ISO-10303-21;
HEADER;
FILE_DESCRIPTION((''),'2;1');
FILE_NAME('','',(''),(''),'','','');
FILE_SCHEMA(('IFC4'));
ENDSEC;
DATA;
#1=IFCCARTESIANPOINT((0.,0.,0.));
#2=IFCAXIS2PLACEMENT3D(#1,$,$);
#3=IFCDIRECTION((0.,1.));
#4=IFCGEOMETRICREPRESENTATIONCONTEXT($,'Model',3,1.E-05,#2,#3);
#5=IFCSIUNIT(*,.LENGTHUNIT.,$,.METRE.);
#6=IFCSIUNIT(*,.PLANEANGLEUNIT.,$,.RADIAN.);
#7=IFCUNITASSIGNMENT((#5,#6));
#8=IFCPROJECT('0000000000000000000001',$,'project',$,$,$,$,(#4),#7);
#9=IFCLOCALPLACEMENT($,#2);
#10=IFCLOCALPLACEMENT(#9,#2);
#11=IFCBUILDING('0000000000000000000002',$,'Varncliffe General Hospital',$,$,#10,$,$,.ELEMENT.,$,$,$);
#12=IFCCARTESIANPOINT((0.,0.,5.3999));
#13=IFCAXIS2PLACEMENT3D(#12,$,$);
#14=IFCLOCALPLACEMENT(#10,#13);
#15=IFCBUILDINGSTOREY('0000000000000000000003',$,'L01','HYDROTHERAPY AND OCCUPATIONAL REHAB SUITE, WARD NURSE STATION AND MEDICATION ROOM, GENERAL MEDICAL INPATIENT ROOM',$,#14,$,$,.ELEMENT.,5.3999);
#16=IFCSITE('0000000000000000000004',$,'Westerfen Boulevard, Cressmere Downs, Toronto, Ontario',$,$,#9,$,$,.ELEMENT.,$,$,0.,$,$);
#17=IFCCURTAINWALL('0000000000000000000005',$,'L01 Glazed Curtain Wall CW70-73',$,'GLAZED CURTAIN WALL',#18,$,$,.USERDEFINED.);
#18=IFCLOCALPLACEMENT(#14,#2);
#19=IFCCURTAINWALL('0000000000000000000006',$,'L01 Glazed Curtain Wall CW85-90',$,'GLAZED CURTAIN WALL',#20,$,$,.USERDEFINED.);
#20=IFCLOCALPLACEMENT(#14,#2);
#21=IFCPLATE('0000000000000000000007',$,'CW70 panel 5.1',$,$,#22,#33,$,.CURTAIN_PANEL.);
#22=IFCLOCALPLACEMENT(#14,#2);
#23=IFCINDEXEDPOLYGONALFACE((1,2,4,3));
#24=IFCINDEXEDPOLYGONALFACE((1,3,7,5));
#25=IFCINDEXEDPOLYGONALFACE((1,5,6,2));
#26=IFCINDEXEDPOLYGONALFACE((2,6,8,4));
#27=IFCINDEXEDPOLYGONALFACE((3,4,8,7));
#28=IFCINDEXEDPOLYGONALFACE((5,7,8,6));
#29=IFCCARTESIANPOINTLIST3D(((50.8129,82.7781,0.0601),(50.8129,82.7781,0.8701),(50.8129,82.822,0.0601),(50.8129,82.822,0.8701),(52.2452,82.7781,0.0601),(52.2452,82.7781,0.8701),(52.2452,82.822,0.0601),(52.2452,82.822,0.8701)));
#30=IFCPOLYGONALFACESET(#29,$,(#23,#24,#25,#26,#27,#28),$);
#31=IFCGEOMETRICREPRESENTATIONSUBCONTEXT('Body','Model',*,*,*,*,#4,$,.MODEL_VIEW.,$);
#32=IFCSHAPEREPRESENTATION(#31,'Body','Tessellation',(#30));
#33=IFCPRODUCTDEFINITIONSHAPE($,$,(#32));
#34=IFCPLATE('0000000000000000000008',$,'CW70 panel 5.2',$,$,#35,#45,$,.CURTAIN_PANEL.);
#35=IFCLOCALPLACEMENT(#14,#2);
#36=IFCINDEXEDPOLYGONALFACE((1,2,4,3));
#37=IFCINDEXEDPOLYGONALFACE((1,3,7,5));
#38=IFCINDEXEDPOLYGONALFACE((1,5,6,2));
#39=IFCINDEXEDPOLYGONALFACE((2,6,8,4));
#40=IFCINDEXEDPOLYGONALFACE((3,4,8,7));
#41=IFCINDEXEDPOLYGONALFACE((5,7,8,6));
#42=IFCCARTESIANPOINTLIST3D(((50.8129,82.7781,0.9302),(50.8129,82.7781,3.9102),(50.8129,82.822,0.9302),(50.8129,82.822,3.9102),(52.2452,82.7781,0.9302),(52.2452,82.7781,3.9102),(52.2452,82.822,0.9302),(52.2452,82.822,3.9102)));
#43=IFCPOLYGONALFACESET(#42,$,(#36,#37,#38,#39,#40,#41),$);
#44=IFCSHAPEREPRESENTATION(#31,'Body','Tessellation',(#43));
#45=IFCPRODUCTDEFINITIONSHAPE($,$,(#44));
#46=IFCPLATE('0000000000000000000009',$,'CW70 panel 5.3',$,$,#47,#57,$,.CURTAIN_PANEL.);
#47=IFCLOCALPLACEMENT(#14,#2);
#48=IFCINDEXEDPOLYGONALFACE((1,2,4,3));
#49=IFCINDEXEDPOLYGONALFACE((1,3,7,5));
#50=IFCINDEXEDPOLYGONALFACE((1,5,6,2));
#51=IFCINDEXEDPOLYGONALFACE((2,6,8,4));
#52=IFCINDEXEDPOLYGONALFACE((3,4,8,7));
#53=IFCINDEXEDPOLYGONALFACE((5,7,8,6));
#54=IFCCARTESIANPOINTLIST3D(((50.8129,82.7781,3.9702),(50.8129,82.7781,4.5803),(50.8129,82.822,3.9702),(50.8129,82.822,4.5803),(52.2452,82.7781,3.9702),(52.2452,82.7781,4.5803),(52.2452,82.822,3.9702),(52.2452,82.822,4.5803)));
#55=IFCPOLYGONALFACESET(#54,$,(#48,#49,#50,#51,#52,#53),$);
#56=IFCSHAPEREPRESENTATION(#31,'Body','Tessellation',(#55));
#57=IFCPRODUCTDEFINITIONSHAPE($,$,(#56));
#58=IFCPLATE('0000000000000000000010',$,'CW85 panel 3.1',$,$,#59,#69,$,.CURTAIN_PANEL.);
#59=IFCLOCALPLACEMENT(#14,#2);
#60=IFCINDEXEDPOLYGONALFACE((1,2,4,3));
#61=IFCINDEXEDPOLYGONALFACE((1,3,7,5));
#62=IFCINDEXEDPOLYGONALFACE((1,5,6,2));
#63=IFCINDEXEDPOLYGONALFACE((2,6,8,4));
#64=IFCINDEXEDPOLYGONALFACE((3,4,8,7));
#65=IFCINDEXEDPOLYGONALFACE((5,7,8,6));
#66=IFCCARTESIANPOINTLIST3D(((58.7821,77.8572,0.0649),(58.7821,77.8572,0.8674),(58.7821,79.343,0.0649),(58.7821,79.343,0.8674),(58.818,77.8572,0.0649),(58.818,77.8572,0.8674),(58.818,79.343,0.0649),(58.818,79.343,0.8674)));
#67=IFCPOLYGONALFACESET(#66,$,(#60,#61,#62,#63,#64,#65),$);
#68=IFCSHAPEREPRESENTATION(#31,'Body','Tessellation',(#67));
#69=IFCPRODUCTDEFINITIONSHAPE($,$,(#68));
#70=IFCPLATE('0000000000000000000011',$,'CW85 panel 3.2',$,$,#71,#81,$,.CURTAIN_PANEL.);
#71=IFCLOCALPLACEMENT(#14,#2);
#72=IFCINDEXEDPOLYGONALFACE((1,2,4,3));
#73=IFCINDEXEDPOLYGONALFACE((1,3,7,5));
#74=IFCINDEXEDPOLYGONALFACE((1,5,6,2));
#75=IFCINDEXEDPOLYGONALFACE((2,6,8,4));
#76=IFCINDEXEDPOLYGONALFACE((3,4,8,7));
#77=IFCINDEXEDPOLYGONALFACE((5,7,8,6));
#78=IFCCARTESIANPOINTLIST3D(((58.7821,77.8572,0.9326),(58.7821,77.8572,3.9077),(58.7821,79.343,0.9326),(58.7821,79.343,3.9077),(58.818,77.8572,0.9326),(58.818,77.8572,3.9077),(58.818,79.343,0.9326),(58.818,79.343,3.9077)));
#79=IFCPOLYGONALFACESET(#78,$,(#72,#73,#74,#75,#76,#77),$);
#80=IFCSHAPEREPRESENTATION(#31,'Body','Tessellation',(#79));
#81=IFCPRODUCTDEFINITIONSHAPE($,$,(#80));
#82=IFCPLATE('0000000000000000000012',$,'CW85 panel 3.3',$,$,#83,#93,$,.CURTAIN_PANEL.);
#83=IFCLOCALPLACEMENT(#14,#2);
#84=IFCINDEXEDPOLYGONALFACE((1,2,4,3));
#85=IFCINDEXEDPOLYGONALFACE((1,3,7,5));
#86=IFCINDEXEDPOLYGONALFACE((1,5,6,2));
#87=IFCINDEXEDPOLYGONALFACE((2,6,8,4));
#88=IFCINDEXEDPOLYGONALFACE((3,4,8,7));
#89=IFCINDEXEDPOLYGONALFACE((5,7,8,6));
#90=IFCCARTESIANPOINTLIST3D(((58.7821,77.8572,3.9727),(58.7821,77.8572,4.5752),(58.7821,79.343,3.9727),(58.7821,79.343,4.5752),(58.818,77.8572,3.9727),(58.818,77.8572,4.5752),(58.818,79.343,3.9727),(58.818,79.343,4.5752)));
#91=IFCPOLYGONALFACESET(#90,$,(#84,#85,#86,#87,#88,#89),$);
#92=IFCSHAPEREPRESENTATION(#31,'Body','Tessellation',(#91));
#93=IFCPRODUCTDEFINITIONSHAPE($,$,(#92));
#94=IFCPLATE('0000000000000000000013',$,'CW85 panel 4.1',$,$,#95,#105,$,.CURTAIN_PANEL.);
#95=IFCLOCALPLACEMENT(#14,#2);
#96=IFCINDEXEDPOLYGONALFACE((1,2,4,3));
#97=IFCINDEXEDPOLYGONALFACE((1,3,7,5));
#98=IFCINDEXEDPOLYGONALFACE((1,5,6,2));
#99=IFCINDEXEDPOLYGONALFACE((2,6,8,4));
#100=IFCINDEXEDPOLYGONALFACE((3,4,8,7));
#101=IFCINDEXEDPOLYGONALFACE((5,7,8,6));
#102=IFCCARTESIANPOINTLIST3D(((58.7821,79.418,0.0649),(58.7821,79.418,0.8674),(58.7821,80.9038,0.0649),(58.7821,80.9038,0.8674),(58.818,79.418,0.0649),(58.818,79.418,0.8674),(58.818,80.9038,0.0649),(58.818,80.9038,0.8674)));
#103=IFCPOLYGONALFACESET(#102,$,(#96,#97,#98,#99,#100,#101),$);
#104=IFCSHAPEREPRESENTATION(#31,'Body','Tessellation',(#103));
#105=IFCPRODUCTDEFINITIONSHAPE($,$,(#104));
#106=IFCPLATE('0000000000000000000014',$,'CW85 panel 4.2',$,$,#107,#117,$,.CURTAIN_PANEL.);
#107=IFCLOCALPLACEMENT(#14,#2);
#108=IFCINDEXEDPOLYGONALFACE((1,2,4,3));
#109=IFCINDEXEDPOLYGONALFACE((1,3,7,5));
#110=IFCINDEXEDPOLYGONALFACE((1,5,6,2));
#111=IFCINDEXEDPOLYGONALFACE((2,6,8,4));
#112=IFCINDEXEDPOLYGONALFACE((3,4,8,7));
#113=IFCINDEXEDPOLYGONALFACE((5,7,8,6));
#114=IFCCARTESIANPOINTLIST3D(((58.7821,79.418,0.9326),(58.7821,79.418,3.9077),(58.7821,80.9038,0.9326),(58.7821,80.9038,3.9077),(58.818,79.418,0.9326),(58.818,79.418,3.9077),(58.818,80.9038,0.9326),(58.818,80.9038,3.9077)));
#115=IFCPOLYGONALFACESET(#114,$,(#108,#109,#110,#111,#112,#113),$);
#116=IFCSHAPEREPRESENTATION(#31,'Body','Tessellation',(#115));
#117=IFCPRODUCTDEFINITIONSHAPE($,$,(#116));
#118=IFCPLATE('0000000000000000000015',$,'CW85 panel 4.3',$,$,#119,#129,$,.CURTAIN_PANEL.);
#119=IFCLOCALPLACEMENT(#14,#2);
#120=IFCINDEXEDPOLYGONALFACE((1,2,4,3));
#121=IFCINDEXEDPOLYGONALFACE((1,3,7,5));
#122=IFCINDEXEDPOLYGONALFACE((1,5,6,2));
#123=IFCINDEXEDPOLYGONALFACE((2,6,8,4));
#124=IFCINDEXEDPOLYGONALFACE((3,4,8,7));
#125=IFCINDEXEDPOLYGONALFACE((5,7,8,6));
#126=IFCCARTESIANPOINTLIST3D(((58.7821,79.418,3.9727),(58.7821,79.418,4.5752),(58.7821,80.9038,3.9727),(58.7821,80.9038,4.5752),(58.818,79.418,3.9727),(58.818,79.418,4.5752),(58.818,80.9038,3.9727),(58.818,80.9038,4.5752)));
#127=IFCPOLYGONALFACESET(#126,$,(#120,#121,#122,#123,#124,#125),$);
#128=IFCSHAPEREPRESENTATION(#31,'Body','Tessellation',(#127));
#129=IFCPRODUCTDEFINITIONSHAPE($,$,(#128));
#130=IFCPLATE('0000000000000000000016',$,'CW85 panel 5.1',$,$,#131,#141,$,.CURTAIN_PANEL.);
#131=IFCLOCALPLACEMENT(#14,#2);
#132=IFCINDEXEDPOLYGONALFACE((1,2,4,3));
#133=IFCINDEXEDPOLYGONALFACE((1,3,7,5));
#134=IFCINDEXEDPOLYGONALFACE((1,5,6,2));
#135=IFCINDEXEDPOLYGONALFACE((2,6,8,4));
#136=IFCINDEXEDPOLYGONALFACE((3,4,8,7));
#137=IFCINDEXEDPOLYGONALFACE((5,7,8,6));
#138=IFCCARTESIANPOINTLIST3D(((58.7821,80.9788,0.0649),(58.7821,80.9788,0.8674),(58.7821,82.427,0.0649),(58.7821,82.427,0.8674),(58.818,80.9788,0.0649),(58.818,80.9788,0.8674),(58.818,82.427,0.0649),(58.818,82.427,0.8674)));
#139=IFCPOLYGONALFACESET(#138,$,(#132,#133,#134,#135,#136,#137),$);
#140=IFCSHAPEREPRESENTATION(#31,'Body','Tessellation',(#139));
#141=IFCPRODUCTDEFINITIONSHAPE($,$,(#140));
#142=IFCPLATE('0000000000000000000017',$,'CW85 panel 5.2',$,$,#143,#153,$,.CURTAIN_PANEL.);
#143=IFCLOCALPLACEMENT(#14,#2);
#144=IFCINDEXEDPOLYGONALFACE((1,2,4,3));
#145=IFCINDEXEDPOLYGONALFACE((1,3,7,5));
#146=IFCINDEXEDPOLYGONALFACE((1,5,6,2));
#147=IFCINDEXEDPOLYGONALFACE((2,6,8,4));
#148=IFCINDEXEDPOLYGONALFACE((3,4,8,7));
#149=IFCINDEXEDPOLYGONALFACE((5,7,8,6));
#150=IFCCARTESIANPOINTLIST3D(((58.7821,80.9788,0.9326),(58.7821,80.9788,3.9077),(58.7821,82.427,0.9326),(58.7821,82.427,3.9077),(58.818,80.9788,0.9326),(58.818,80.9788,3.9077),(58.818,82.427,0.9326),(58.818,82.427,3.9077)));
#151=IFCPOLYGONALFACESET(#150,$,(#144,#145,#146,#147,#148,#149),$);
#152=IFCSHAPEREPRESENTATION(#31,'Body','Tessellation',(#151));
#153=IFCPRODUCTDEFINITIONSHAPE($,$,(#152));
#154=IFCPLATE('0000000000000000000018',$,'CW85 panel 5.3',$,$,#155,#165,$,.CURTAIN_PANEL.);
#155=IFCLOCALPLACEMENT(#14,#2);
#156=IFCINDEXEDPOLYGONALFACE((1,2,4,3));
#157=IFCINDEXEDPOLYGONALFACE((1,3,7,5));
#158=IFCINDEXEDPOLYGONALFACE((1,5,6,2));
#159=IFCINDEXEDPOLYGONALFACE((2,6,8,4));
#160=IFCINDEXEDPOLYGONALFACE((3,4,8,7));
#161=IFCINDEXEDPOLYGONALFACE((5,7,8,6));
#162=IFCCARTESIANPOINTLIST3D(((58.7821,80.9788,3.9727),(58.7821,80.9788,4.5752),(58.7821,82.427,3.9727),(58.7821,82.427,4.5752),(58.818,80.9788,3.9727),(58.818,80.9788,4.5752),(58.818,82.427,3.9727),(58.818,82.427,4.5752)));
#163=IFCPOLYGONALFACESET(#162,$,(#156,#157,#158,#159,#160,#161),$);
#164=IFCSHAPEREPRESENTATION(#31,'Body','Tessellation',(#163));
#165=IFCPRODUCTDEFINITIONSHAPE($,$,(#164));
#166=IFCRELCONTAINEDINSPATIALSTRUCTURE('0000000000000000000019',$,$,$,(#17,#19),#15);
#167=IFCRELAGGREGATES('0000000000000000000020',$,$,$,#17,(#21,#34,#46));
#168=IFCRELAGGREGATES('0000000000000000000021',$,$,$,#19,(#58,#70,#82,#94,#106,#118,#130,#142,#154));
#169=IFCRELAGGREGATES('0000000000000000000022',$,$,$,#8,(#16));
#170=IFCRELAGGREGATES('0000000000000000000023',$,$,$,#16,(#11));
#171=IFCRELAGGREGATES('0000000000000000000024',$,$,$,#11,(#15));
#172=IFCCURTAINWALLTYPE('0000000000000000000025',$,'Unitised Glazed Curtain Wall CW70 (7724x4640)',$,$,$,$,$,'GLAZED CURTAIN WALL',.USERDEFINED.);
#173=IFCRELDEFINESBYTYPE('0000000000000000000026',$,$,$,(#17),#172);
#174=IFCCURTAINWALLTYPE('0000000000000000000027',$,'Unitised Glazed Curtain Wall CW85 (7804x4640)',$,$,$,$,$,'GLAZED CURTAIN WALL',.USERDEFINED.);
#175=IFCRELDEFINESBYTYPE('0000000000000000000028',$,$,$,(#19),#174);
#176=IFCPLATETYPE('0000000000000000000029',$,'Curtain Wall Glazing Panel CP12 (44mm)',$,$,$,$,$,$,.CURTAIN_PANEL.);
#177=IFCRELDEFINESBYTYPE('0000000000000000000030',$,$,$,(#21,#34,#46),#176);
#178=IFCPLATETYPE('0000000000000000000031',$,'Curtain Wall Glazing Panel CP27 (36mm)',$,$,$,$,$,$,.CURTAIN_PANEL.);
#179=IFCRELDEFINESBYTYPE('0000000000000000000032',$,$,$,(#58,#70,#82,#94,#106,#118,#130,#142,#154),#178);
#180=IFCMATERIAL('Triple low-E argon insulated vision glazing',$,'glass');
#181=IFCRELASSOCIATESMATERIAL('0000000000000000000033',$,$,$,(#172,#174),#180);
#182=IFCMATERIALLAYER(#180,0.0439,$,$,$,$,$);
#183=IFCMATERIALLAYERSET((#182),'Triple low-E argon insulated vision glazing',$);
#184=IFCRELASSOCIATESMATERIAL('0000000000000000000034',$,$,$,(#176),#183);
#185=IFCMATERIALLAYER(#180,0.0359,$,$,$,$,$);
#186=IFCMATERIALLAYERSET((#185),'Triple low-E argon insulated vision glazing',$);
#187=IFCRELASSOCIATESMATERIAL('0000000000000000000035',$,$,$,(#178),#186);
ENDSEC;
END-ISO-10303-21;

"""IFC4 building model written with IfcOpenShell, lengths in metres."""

from ifc_helpers import new_model, si_unit, direction, frame, origin, origin_2d, place, context, subcontext, project, spatial, rectangle, extrude, material, layer, layer_set, type_object, element, aggregate, save


model = new_model("IFC4")

# Units and contexts
model_context = context("Model", 3, precision=1e-05, world=origin(), true_north=direction((0.0, 1.0)))
body_context = subcontext(model_context, "Body", "Model", "MODEL_VIEW")
ifc_project = project(units=[si_unit("LENGTHUNIT", "METRE"), si_unit("PLANEANGLEUNIT", "RADIAN")], contexts=[model_context])

# Site, building, storey
site_placement = place(None, origin())
site = spatial("IfcSite", under=ifc_project, at=site_placement, Name="Westerfen Boulevard, Cressmere Downs, Toronto, Ontario", CompositionType="ELEMENT", RefElevation=0.0)
building_placement = place(site_placement, origin())
building = spatial("IfcBuilding", under=site, at=building_placement, Name="Varncliffe General Hospital", CompositionType="ELEMENT")
storey_placement = place(building_placement, frame((0.0, 0.0, 5.3999)))
storey = spatial("IfcBuildingStorey", under=building, at=storey_placement, Name="L01", Description="HYDROTHERAPY AND OCCUPATIONAL REHAB SUITE, WARD NURSE STATION AND MEDICATION ROOM, GENERAL MEDICAL INPATIENT ROOM", CompositionType="ELEMENT", Elevation=5.3999)

# Curtain wall
ifc_material_1 = material(Name="Triple low-E argon insulated vision glazing", Category="glass")
curtain_wall_type_1 = type_object("IfcCurtainWallType", Name="Unitised Glazed Curtain Wall CW70 (7724x4640)", ElementType="GLAZED CURTAIN WALL", PredefinedType="USERDEFINED", material=ifc_material_1)
curtain_wall_1_placement = place(storey_placement, origin())
curtain_wall_1 = element("IfcCurtainWall", 1, at=curtain_wall_1_placement, inside=storey, type_object=curtain_wall_type_1, Name="L01 Glazed Curtain Wall CW70-73", ObjectType="GLAZED CURTAIN WALL", PredefinedType="USERDEFINED")

# Curtain wall
curtain_wall_type_2 = type_object("IfcCurtainWallType", Name="Unitised Glazed Curtain Wall CW85 (7804x4640)", ElementType="GLAZED CURTAIN WALL", PredefinedType="USERDEFINED", material=ifc_material_1)
curtain_wall_2_placement = place(storey_placement, origin())
curtain_wall_2 = element("IfcCurtainWall", 2, at=curtain_wall_2_placement, inside=storey, type_object=curtain_wall_type_2, Name="L01 Glazed Curtain Wall CW85-90", ObjectType="GLAZED CURTAIN WALL", PredefinedType="USERDEFINED")

# Plates
ifc_layer_1 = layer(ifc_material_1, 0.0439)
ifc_layer_set_1 = layer_set([ifc_layer_1], Name="Triple low-E argon insulated vision glazing")
plate_type_1 = type_object("IfcPlateType", Name="Curtain Wall Glazing Panel CP12 (44mm)", PredefinedType="CURTAIN_PANEL", material=ifc_layer_set_1)
plate_1_placement = place(storey_placement, frame((51.5291, 82.8, 0.0601), z_axis=(0.0, 0.0, 1.0), x_axis=(-1.0, 0.0, 0.0)))
plate_1 = element("IfcPlate", 3, at=plate_1_placement, type_object=plate_type_1, Name="CW70 panel 5.1", PredefinedType="CURTAIN_PANEL", context=body_context, shape_type="SweptSolid", body=[
    extrude(rectangle(XDim=1.4324, YDim=0.0439, at=origin_2d()), origin(), (0.0, 0.0, 1.0), 0.8101),
])
plate_2_placement = place(storey_placement, frame((51.5291, 82.8, 0.9302), z_axis=(0.0, 0.0, 1.0), x_axis=(-1.0, 0.0, 0.0)))
plate_2 = element("IfcPlate", 4, at=plate_2_placement, type_object=plate_type_1, Name="CW70 panel 5.2", PredefinedType="CURTAIN_PANEL", context=body_context, shape_type="SweptSolid", body=[
    extrude(rectangle(XDim=1.4324, YDim=0.0439, at=origin_2d()), origin(), (0.0, 0.0, 1.0), 2.98),
])
plate_3_placement = place(storey_placement, frame((51.5291, 82.8, 3.9702), z_axis=(0.0, 0.0, 1.0), x_axis=(-1.0, 0.0, 0.0)))
plate_3 = element("IfcPlate", 5, at=plate_3_placement, type_object=plate_type_1, Name="CW70 panel 5.3", PredefinedType="CURTAIN_PANEL", context=body_context, shape_type="SweptSolid", body=[
    extrude(rectangle(XDim=1.4324, YDim=0.0439, at=origin_2d()), origin(), (0.0, 0.0, 1.0), 0.6101),
])
aggregate(curtain_wall_1, [plate_1, plate_2, plate_3])
ifc_layer_2 = layer(ifc_material_1, 0.0359)
ifc_layer_set_2 = layer_set([ifc_layer_2], Name="Triple low-E argon insulated vision glazing")
plate_type_2 = type_object("IfcPlateType", Name="Curtain Wall Glazing Panel CP27 (36mm)", PredefinedType="CURTAIN_PANEL", material=ifc_layer_set_2)
plate_4_placement = place(storey_placement, frame((58.8, 78.6001, 0.0649), z_axis=(0.0, 0.0, 1.0), x_axis=(0.0, 1.0, 0.0)))
plate_4 = element("IfcPlate", 6, at=plate_4_placement, type_object=plate_type_2, Name="CW85 panel 3.1", PredefinedType="CURTAIN_PANEL", context=body_context, shape_type="SweptSolid", body=[
    extrude(rectangle(XDim=1.4858, YDim=0.0359, at=origin_2d()), origin(), (0.0, 0.0, 1.0), 0.8025),
])
plate_5_placement = place(storey_placement, frame((58.8, 78.6001, 0.9326), z_axis=(0.0, 0.0, 1.0), x_axis=(0.0, 1.0, 0.0)))
plate_5 = element("IfcPlate", 7, at=plate_5_placement, type_object=plate_type_2, Name="CW85 panel 3.2", PredefinedType="CURTAIN_PANEL", context=body_context, shape_type="SweptSolid", body=[
    extrude(rectangle(XDim=1.4858, YDim=0.0359, at=origin_2d()), origin(), (0.0, 0.0, 1.0), 2.9751),
])
plate_6_placement = place(storey_placement, frame((58.8, 78.6001, 3.9727), z_axis=(0.0, 0.0, 1.0), x_axis=(0.0, 1.0, 0.0)))
plate_6 = element("IfcPlate", 8, at=plate_6_placement, type_object=plate_type_2, Name="CW85 panel 3.3", PredefinedType="CURTAIN_PANEL", context=body_context, shape_type="SweptSolid", body=[
    extrude(rectangle(XDim=1.4858, YDim=0.0359, at=origin_2d()), origin(), (0.0, 0.0, 1.0), 0.6025),
])
plate_7_placement = place(storey_placement, frame((58.8, 80.1609, 0.0649), z_axis=(0.0, 0.0, 1.0), x_axis=(0.0, 1.0, 0.0)))
plate_7 = element("IfcPlate", 9, at=plate_7_placement, type_object=plate_type_2, Name="CW85 panel 4.1", PredefinedType="CURTAIN_PANEL", context=body_context, shape_type="SweptSolid", body=[
    extrude(rectangle(XDim=1.4858, YDim=0.0359, at=origin_2d()), origin(), (0.0, 0.0, 1.0), 0.8025),
])
plate_8_placement = place(storey_placement, frame((58.8, 80.1609, 0.9326), z_axis=(0.0, 0.0, 1.0), x_axis=(0.0, 1.0, 0.0)))
plate_8 = element("IfcPlate", 10, at=plate_8_placement, type_object=plate_type_2, Name="CW85 panel 4.2", PredefinedType="CURTAIN_PANEL", context=body_context, shape_type="SweptSolid", body=[
    extrude(rectangle(XDim=1.4858, YDim=0.0359, at=origin_2d()), origin(), (0.0, 0.0, 1.0), 2.9751),
])
plate_9_placement = place(storey_placement, frame((58.8, 80.1609, 3.9727), z_axis=(0.0, 0.0, 1.0), x_axis=(0.0, 1.0, 0.0)))
plate_9 = element("IfcPlate", 11, at=plate_9_placement, type_object=plate_type_2, Name="CW85 panel 4.3", PredefinedType="CURTAIN_PANEL", context=body_context, shape_type="SweptSolid", body=[
    extrude(rectangle(XDim=1.4858, YDim=0.0359, at=origin_2d()), origin(), (0.0, 0.0, 1.0), 0.6025),
])
plate_10_placement = place(storey_placement, frame((58.8, 81.7029, 0.0649), z_axis=(0.0, 0.0, 1.0), x_axis=(0.0, 1.0, 0.0)))
plate_10 = element("IfcPlate", 12, at=plate_10_placement, type_object=plate_type_2, Name="CW85 panel 5.1", PredefinedType="CURTAIN_PANEL", context=body_context, shape_type="SweptSolid", body=[
    extrude(rectangle(XDim=1.4482, YDim=0.0359, at=origin_2d()), origin(), (0.0, 0.0, 1.0), 0.8025),
])
plate_11_placement = place(storey_placement, frame((58.8, 81.7029, 0.9326), z_axis=(0.0, 0.0, 1.0), x_axis=(0.0, 1.0, 0.0)))
plate_11 = element("IfcPlate", 13, at=plate_11_placement, type_object=plate_type_2, Name="CW85 panel 5.2", PredefinedType="CURTAIN_PANEL", context=body_context, shape_type="SweptSolid", body=[
    extrude(rectangle(XDim=1.4482, YDim=0.0359, at=origin_2d()), origin(), (0.0, 0.0, 1.0), 2.9751),
])
plate_12_placement = place(storey_placement, frame((58.8, 81.7029, 3.9727), z_axis=(0.0, 0.0, 1.0), x_axis=(0.0, 1.0, 0.0)))
plate_12 = element("IfcPlate", 14, at=plate_12_placement, type_object=plate_type_2, Name="CW85 panel 5.3", PredefinedType="CURTAIN_PANEL", context=body_context, shape_type="SweptSolid", body=[
    extrude(rectangle(XDim=1.4482, YDim=0.0359, at=origin_2d()), origin(), (0.0, 0.0, 1.0), 0.6025),
])
aggregate(curtain_wall_2, [plate_4, plate_5, plate_6, plate_7, plate_8, plate_9, plate_10, plate_11, plate_12])

save(model, "model.ifc")
